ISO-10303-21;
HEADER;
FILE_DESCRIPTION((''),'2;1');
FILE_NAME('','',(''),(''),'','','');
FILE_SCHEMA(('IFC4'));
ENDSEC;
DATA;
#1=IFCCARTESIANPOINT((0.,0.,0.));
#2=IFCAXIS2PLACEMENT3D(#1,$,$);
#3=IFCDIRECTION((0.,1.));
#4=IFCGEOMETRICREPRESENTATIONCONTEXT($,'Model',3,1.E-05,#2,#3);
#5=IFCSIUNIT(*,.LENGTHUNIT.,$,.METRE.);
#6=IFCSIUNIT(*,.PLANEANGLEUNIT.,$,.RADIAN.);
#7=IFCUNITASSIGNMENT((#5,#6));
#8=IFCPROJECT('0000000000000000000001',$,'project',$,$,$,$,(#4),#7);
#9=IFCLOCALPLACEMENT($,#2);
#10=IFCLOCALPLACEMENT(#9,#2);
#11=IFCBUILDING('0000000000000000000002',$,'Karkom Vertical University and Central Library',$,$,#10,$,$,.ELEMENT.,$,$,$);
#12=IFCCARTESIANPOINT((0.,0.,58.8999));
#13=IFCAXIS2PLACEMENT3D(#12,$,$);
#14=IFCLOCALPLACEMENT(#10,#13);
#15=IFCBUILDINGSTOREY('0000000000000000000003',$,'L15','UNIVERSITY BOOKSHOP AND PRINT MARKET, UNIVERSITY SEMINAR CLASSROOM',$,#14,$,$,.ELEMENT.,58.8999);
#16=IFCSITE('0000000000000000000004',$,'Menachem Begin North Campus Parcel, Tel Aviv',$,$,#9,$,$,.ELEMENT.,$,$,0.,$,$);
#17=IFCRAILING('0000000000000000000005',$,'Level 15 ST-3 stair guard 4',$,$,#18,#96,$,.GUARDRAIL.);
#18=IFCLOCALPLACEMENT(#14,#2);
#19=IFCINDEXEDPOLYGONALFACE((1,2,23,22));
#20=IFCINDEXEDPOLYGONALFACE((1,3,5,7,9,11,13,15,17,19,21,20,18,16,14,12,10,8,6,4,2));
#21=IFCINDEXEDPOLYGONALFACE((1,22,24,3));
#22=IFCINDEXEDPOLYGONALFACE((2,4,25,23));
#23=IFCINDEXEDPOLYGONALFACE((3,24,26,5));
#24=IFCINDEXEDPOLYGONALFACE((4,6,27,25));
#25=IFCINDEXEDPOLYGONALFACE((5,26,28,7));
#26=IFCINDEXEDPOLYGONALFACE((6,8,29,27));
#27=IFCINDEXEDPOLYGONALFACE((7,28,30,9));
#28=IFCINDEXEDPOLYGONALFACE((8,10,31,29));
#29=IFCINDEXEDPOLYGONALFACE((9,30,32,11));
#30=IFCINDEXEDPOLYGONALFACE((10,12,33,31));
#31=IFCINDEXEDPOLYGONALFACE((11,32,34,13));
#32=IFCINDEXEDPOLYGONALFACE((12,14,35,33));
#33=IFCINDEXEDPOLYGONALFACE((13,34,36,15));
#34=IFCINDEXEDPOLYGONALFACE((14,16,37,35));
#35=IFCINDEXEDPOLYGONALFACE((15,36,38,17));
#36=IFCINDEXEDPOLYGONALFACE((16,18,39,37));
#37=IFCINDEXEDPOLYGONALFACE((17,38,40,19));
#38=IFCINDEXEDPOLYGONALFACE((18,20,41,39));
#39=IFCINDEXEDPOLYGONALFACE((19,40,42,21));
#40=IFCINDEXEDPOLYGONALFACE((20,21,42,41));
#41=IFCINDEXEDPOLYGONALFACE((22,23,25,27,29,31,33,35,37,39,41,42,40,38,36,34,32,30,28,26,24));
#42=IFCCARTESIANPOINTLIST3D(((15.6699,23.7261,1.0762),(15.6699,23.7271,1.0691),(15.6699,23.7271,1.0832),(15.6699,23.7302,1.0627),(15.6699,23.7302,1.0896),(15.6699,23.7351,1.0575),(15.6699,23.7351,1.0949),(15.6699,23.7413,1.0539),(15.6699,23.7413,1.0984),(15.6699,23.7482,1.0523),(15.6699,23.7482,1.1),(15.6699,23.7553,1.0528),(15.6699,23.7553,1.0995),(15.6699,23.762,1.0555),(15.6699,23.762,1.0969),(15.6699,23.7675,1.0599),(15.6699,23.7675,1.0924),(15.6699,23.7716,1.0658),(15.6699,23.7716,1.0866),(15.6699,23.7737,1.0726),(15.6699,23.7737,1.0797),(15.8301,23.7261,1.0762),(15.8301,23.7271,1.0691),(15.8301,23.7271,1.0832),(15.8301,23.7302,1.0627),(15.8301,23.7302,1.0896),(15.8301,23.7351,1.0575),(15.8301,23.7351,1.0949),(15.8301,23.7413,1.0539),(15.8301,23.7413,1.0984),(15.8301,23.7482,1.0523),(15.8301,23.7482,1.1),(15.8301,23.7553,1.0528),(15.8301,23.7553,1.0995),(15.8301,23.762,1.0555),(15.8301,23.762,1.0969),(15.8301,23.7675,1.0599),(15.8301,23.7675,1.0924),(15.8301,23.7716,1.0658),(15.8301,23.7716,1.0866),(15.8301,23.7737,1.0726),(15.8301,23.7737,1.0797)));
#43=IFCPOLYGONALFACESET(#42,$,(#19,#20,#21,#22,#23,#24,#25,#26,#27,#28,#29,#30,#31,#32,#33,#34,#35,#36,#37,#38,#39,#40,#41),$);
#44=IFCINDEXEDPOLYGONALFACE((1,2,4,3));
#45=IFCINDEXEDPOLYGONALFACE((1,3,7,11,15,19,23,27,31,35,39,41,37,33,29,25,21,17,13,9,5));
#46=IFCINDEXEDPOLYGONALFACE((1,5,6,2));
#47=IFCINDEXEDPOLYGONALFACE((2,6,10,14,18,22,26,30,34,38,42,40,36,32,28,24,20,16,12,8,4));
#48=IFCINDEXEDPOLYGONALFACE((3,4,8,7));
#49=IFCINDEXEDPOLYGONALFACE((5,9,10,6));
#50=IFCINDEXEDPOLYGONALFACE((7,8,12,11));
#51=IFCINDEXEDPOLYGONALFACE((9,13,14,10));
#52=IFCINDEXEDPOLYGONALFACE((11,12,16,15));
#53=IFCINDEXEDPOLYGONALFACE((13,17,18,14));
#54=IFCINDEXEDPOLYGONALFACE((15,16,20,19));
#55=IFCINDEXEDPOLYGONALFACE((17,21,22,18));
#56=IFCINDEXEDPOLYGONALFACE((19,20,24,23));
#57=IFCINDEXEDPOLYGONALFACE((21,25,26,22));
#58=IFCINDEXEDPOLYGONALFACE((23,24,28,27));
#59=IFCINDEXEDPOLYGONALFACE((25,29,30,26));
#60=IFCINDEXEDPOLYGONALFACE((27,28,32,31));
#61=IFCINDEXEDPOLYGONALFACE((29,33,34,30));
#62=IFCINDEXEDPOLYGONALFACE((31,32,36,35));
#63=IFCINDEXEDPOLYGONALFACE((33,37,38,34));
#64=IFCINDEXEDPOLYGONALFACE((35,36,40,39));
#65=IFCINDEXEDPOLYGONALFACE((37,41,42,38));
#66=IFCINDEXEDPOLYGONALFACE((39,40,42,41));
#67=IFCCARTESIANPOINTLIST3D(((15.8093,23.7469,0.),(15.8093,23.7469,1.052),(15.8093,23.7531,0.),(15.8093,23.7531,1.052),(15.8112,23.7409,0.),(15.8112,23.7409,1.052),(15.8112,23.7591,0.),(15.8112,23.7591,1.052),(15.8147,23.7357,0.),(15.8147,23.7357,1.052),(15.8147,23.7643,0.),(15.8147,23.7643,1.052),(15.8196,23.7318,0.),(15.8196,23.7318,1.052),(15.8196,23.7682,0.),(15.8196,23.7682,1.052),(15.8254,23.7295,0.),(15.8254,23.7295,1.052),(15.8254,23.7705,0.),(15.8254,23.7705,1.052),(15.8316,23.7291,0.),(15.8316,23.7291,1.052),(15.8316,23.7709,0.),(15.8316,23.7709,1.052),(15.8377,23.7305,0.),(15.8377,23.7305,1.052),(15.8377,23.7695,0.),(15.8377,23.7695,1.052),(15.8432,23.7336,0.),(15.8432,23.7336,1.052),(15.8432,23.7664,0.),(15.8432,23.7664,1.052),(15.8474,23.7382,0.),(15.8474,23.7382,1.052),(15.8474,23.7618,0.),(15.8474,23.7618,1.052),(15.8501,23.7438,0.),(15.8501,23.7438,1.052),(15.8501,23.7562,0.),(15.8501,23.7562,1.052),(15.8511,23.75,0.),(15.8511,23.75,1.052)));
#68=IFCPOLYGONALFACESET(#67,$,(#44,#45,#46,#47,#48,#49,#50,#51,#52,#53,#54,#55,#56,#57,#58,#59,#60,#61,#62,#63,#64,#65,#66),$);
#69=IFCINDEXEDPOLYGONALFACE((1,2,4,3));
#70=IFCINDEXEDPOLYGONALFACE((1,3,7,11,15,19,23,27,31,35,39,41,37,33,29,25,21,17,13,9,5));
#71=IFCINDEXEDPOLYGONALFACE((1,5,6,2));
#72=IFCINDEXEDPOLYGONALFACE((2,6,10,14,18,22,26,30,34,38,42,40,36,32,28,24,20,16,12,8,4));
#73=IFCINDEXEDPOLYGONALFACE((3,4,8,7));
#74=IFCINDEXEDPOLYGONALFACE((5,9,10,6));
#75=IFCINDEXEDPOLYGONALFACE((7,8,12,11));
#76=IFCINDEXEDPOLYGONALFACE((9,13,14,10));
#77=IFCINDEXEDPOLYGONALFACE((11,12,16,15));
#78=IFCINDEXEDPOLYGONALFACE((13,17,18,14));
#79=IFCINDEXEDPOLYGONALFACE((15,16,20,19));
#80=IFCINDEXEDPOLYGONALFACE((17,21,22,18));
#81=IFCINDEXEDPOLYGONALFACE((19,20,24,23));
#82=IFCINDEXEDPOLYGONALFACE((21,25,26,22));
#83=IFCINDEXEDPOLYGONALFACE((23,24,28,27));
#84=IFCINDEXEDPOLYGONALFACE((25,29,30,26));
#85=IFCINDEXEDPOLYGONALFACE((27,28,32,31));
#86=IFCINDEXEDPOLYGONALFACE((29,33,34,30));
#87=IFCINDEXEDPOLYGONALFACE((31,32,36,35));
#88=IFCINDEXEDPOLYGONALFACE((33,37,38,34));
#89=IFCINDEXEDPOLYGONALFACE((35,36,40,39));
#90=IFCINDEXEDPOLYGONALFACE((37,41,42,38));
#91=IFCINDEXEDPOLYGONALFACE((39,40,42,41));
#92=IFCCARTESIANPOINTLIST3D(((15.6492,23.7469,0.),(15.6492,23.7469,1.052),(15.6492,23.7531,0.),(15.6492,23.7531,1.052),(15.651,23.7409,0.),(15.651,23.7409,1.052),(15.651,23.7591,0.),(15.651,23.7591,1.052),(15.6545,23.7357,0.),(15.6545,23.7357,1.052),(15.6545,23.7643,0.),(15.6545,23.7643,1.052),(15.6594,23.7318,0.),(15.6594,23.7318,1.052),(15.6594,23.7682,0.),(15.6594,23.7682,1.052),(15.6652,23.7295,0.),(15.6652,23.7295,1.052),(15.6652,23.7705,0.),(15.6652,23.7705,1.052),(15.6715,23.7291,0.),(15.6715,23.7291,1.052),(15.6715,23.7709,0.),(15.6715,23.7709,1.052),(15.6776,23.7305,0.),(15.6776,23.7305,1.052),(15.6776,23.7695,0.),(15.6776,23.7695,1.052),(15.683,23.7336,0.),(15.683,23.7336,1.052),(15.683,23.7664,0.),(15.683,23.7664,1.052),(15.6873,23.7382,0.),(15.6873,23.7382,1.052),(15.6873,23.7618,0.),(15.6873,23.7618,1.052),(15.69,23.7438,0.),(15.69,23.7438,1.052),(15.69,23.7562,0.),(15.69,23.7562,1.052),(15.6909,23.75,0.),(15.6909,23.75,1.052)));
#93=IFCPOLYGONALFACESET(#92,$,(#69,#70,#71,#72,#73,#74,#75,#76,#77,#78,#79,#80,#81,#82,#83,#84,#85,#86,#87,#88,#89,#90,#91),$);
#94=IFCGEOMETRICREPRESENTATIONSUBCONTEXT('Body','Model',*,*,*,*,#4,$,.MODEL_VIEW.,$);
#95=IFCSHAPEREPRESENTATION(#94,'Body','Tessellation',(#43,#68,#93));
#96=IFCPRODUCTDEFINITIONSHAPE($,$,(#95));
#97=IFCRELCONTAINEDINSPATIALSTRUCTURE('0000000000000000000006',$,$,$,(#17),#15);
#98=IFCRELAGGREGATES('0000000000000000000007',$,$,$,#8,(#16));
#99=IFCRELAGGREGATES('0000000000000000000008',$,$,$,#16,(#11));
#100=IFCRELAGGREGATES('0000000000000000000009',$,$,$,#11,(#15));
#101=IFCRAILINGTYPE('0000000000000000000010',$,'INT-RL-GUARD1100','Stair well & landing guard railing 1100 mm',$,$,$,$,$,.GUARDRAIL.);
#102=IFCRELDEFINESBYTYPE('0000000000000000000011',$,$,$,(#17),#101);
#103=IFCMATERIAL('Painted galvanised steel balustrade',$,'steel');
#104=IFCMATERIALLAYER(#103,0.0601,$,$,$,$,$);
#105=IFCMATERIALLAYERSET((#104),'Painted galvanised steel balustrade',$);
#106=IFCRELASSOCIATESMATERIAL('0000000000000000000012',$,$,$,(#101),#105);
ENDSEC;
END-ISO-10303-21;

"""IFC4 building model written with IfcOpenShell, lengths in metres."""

from ifc_helpers import new_model, si_unit, direction, frame, origin, origin_2d, place, context, subcontext, project, spatial, circle, extrude, material, layer, layer_set, type_object, element, save


model = new_model("IFC4")

# Units and contexts
model_context = context("Model", 3, precision=1e-05, world=origin(), true_north=direction((0.0, 1.0)))
body_context = subcontext(model_context, "Body", "Model", "MODEL_VIEW")
ifc_project = project(units=[si_unit("LENGTHUNIT", "METRE"), si_unit("PLANEANGLEUNIT", "RADIAN")], contexts=[model_context])

# Site, building, storey
site_placement = place(None, origin())
site = spatial("IfcSite", under=ifc_project, at=site_placement, Name="Menachem Begin North Campus Parcel, Tel Aviv", CompositionType="ELEMENT", RefElevation=0.0)
building_placement = place(site_placement, origin())
building = spatial("IfcBuilding", under=site, at=building_placement, Name="Karkom Vertical University and Central Library", CompositionType="ELEMENT")
storey_placement = place(building_placement, frame((0.0, 0.0, 58.8999)))
storey = spatial("IfcBuildingStorey", under=building, at=storey_placement, Name="L15", Description="UNIVERSITY BOOKSHOP AND PRINT MARKET, UNIVERSITY SEMINAR CLASSROOM", CompositionType="ELEMENT", Elevation=58.8999)

# Railing
ifc_material_1 = material(Name="Painted galvanised steel balustrade", Category="steel")
ifc_layer_1 = layer(ifc_material_1, 0.0601)
ifc_layer_set_1 = layer_set([ifc_layer_1], Name="Painted galvanised steel balustrade")
railing_type_1 = type_object("IfcRailingType", Name="INT-RL-GUARD1100", Description="Stair well & landing guard railing 1100 mm", PredefinedType="GUARDRAIL", material=ifc_layer_set_1)
railing_1_placement = place(storey_placement, frame((15.8301, 23.75, 0.0)))
element("IfcRailing", 1, at=railing_1_placement, inside=storey, type_object=railing_type_1, Name="Level 15 ST-3 stair guard 4", PredefinedType="GUARDRAIL", context=body_context, shape_type="SweptSolid", body=[
    extrude(circle(Radius=0.0239, at=origin_2d()), frame((0.0, 0.0, 1.0762), z_axis=(-1.0, 0.0, 0.0), x_axis=(0.0, -1.0, 0.0)), (0.0, 0.0, 1.0), 0.1602),
    extrude(circle(Radius=0.021, at=origin_2d()), origin(), (0.0, 0.0, 1.0), 1.052),
    extrude(circle(Radius=0.021, at=origin_2d()), frame((-0.1602, 0.0, 0.0)), (0.0, 0.0, 1.0), 1.052),
])

save(model, "model.ifc")
